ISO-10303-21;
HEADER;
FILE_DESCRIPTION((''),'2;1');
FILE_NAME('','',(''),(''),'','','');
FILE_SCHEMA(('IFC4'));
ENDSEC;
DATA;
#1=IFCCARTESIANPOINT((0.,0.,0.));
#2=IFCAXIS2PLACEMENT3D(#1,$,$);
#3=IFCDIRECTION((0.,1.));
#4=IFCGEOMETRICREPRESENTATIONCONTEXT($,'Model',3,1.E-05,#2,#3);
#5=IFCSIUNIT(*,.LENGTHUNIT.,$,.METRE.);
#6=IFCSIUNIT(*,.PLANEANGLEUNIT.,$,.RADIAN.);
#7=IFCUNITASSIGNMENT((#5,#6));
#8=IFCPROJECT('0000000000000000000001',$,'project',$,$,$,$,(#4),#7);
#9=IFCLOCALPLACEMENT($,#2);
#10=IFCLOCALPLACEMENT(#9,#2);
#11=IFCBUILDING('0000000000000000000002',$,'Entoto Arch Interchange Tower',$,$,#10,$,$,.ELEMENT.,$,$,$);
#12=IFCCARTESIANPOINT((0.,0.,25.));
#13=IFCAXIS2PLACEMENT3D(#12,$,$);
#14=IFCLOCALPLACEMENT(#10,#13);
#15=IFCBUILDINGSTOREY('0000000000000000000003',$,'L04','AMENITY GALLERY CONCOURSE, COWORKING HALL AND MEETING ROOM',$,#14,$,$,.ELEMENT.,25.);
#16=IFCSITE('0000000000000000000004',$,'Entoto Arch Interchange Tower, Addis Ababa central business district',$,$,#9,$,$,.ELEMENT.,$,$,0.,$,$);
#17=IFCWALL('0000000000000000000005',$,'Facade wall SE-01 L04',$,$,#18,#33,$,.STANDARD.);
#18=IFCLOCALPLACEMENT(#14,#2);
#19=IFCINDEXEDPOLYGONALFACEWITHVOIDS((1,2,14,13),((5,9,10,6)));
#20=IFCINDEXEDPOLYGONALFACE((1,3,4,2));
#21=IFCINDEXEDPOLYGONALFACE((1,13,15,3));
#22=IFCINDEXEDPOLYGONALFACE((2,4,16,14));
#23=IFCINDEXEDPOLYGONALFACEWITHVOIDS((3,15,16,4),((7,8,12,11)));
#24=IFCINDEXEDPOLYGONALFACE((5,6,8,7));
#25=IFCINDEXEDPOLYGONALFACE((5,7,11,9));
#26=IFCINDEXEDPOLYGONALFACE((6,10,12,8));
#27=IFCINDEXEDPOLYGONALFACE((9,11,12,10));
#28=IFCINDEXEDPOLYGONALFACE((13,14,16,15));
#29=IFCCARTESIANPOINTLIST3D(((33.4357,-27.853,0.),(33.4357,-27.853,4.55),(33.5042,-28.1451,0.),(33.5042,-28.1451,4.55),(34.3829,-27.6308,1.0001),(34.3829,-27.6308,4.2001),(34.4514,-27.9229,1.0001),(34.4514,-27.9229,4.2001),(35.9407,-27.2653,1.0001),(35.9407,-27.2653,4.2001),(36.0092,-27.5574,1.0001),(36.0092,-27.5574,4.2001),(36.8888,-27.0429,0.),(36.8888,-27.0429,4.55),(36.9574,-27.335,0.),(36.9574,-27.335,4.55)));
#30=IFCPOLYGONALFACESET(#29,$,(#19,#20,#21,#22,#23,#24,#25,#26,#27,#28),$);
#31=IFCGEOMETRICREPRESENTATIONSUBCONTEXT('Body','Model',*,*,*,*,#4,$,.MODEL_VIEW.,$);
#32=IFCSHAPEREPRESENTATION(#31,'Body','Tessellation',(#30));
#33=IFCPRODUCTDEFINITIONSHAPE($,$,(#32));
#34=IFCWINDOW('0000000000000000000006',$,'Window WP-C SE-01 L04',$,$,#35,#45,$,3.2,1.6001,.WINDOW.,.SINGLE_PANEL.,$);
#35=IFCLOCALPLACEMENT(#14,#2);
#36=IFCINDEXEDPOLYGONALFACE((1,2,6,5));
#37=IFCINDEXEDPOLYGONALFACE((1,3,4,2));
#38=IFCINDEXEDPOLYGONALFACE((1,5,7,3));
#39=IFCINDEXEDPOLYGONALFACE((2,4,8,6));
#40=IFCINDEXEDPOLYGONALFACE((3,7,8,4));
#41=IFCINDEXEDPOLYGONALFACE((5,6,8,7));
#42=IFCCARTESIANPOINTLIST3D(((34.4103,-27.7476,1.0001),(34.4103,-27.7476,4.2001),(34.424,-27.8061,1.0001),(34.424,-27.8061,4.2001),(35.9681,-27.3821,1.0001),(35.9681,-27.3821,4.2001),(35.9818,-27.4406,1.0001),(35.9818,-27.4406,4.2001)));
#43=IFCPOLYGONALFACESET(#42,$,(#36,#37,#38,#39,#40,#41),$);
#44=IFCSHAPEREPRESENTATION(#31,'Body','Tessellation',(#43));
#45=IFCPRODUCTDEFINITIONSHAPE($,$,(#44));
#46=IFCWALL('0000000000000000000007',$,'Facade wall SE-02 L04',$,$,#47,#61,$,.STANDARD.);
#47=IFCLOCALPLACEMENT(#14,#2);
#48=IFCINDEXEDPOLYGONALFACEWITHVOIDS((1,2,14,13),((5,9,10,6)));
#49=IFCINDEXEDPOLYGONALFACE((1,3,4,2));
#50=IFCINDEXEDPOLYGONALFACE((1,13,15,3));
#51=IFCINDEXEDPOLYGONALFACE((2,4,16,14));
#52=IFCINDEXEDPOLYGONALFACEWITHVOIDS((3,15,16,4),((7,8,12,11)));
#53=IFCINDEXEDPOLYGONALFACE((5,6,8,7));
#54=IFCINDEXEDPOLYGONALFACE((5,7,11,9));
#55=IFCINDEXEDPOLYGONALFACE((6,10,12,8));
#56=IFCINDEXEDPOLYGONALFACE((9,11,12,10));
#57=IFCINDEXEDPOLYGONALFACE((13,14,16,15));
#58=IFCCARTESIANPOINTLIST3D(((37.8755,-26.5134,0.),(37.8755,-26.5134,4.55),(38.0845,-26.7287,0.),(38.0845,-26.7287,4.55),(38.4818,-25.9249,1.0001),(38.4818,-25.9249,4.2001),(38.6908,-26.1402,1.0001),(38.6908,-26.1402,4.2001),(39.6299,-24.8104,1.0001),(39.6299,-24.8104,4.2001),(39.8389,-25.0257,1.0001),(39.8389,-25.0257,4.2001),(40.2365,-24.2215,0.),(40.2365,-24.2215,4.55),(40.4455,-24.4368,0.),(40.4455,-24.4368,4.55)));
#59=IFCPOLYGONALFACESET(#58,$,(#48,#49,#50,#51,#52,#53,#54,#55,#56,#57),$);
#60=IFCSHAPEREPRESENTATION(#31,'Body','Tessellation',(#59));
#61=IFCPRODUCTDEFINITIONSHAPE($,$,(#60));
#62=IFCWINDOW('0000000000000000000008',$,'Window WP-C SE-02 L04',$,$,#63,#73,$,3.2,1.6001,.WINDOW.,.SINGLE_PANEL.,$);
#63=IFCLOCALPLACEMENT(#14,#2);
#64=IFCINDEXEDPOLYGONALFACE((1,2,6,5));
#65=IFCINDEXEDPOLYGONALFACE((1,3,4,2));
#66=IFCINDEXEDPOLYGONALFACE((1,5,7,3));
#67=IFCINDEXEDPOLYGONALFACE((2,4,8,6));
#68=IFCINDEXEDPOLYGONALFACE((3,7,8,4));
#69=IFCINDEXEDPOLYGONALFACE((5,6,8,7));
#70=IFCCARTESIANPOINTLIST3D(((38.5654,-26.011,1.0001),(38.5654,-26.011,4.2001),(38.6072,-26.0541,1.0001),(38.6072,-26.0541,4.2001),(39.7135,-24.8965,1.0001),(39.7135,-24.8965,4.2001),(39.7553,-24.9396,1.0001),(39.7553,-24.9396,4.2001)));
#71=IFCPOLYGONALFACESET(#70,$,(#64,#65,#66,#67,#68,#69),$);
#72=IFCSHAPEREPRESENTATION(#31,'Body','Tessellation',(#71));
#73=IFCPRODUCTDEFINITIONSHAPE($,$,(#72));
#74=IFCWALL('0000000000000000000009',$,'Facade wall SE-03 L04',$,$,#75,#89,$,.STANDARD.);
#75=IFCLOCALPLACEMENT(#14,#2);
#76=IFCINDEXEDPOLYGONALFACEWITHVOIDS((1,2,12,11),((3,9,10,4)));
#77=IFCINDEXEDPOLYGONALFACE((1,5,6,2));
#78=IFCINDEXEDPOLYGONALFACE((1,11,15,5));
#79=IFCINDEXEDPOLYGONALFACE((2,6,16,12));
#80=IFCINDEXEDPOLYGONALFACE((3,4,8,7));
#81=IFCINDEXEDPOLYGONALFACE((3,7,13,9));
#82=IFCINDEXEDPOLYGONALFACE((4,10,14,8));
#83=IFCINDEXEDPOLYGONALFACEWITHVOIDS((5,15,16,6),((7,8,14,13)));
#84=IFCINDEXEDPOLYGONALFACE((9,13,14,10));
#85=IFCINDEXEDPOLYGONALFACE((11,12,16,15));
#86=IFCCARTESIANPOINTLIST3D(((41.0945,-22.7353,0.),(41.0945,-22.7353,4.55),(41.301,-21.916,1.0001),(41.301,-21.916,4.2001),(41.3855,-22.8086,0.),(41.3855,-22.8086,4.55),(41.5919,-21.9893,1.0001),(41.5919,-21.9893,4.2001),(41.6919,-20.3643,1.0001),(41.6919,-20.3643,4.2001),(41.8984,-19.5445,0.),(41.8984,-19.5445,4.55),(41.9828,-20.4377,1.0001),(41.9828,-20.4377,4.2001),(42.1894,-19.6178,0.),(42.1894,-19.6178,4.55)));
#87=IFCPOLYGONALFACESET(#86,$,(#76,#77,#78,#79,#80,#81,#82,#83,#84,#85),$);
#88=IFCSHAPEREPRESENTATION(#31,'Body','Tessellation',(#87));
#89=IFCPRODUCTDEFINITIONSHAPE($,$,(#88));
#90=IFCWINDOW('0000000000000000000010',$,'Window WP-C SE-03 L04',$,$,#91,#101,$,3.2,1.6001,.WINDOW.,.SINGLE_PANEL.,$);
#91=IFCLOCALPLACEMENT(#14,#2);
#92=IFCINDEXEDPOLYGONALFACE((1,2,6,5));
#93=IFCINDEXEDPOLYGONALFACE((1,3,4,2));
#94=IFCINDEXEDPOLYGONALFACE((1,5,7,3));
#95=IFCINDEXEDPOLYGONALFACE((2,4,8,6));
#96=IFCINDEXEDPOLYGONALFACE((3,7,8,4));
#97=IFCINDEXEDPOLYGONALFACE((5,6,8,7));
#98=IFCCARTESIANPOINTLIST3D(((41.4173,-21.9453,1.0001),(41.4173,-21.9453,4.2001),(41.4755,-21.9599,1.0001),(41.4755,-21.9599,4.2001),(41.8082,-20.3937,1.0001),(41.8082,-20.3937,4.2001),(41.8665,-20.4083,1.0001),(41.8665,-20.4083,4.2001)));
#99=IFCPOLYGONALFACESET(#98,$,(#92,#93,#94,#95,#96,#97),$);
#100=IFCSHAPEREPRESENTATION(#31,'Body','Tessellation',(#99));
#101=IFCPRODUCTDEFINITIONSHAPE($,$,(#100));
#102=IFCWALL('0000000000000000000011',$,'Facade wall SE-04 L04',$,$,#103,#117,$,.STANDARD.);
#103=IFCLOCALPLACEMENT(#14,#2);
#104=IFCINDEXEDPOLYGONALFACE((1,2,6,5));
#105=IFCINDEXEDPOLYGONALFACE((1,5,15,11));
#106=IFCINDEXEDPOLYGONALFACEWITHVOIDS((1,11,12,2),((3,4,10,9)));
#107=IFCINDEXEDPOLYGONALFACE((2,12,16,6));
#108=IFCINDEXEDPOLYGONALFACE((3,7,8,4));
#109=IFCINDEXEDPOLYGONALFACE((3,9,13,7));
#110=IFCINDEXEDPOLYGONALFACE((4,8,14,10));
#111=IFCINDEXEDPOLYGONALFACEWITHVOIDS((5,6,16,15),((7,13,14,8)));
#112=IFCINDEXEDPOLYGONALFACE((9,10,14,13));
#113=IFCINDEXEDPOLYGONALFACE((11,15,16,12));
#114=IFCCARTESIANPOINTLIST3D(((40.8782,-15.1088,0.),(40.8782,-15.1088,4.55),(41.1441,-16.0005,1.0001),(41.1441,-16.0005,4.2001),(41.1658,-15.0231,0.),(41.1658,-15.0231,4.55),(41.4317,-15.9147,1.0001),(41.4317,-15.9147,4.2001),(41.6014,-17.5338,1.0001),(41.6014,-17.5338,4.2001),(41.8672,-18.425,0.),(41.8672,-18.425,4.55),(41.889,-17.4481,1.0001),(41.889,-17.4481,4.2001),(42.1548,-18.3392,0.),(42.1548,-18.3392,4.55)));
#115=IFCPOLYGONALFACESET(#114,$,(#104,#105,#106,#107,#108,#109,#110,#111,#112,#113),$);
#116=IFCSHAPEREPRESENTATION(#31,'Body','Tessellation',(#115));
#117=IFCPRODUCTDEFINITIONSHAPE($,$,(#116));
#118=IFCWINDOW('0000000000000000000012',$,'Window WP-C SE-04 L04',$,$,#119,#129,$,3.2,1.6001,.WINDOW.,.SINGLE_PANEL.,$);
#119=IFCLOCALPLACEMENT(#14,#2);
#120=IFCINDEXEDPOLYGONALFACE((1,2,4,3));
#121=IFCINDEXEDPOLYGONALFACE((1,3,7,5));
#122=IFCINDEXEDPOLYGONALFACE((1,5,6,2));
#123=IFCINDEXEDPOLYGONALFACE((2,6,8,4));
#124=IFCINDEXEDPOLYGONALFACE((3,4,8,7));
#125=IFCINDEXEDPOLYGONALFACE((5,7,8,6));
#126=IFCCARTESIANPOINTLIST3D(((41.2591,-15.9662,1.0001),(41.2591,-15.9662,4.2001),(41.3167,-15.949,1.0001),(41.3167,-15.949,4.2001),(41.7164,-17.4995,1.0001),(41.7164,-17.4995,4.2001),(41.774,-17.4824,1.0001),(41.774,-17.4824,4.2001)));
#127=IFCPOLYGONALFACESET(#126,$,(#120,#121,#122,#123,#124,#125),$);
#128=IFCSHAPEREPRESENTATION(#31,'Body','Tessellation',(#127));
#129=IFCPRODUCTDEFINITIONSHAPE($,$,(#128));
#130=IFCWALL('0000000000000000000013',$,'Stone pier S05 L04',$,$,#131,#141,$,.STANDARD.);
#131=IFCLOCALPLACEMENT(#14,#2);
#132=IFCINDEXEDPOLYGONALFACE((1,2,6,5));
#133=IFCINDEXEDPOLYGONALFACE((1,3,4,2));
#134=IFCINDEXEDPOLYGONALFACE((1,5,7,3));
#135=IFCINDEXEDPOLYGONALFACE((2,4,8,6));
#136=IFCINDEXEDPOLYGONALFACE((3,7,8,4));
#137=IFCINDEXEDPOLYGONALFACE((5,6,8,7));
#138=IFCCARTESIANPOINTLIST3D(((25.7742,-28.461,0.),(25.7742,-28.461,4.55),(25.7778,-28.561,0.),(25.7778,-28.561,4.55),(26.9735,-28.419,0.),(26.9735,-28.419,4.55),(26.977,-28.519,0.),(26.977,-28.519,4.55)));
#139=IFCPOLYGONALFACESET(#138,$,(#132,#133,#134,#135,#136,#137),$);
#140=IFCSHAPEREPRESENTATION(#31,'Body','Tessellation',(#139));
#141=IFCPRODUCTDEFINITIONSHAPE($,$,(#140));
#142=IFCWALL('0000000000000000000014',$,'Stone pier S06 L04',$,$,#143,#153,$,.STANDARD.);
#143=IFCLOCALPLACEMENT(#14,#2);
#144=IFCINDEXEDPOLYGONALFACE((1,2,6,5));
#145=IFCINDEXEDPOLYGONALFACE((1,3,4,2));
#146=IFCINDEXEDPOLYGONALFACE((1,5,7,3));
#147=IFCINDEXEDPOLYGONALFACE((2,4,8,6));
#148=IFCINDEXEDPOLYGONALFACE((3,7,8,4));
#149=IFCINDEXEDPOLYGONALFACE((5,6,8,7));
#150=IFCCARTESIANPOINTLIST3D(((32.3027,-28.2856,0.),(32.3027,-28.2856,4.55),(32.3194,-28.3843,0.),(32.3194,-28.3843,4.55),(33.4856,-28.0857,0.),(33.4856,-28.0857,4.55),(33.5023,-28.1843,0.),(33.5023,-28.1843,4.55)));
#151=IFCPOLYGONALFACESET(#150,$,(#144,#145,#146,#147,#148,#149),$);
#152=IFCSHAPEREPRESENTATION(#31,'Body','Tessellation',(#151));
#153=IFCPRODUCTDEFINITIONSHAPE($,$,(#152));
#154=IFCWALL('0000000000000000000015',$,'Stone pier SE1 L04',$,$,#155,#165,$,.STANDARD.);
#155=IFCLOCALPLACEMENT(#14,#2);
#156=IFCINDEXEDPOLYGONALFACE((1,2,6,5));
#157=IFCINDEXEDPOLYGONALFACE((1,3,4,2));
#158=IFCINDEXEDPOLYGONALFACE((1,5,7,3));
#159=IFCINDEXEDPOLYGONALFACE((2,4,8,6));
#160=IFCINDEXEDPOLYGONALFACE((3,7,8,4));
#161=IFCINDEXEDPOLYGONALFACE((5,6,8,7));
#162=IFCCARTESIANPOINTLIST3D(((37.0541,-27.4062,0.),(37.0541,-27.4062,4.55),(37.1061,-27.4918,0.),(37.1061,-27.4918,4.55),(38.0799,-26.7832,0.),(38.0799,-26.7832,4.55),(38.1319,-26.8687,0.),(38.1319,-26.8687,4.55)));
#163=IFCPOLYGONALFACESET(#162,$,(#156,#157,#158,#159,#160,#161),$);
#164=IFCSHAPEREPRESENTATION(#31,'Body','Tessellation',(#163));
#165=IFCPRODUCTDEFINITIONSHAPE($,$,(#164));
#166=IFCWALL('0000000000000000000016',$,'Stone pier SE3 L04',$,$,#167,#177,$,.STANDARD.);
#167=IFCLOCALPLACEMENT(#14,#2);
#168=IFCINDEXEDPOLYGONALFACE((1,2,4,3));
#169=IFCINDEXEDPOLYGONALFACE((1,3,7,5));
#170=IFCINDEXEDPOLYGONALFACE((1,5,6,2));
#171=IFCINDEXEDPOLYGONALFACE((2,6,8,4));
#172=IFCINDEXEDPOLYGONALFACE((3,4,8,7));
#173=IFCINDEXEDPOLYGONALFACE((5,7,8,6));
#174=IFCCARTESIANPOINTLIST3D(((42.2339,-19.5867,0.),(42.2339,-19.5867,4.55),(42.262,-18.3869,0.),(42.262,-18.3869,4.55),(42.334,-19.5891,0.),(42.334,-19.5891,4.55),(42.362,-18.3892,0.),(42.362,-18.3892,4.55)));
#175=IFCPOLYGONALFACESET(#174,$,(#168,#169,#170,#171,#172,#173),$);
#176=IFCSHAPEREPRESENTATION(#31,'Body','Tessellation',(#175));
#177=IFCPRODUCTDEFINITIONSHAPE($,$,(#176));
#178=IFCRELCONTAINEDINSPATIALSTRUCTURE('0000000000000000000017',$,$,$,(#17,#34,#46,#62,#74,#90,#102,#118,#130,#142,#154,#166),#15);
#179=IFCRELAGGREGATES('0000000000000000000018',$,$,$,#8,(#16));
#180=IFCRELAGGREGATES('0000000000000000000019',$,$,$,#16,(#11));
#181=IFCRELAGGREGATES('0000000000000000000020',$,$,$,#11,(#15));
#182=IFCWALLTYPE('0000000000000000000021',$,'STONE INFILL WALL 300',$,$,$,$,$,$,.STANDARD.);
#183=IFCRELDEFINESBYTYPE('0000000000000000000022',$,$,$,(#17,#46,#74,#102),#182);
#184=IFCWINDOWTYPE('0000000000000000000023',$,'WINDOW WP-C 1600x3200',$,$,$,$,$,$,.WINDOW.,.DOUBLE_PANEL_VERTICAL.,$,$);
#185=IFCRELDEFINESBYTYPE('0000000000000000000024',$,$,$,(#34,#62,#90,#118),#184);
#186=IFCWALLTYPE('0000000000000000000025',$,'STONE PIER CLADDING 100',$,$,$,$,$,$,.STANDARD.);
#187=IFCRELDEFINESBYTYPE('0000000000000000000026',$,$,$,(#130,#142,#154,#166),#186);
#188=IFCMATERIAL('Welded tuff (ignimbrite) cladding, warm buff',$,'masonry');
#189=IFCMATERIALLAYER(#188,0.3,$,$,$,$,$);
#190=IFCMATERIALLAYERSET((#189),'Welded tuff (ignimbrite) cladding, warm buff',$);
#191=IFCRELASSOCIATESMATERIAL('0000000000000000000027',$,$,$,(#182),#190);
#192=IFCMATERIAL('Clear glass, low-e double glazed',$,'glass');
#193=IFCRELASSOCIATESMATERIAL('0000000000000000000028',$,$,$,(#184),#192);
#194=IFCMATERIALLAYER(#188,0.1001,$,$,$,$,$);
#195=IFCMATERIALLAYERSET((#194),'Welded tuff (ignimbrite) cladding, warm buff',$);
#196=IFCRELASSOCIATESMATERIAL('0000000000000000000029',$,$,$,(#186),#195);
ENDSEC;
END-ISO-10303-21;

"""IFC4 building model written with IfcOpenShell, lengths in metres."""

from ifc_helpers import new_model, si_unit, direction, frame, frame_2d, origin, place, context, subcontext, project, spatial, rectangle, extrude, material, layer, layer_set, type_object, element, fill, save


model = new_model("IFC4")

# Units and contexts
model_context = context("Model", 3, precision=1e-05, world=origin(), true_north=direction((0.0, 1.0)))
body_context = subcontext(model_context, "Body", "Model", "MODEL_VIEW")
ifc_project = project(units=[si_unit("LENGTHUNIT", "METRE"), si_unit("PLANEANGLEUNIT", "RADIAN")], contexts=[model_context])

# Site, building, storey
site_placement = place(None, origin())
site = spatial("IfcSite", under=ifc_project, at=site_placement, Name="Entoto Arch Interchange Tower, Addis Ababa central business district", CompositionType="ELEMENT", RefElevation=0.0)
building_placement = place(site_placement, origin())
building = spatial("IfcBuilding", under=site, at=building_placement, Name="Entoto Arch Interchange Tower", CompositionType="ELEMENT")
storey_placement = place(building_placement, frame((0.0, 0.0, 25.0)))
storey = spatial("IfcBuildingStorey", under=building, at=storey_placement, Name="L04", Description="AMENITY GALLERY CONCOURSE, COWORKING HALL AND MEETING ROOM", CompositionType="ELEMENT", Elevation=25.0)

# Shared definitions
ifc_material_1 = material(Name="Welded tuff (ignimbrite) cladding, warm buff", Category="masonry")
ifc_layer_1 = layer(ifc_material_1, 0.3)
ifc_layer_set_1 = layer_set([ifc_layer_1], Name="Welded tuff (ignimbrite) cladding, warm buff")
wall_type_1 = type_object("IfcWallType", Name="STONE INFILL WALL 300", PredefinedType="STANDARD", material=ifc_layer_set_1)
ifc_material_2 = material(Name="Clear glass, low-e double glazed", Category="glass")
window_type = type_object("IfcWindowType", Name="WINDOW WP-C 1600x3200", PartitioningType="DOUBLE_PANEL_VERTICAL", PredefinedType="WINDOW", material=ifc_material_2)

# Walls, openings, windows
wall_1_placement = place(storey_placement, frame((33.47, -27.999, 0.0), z_axis=(0.0, 0.0, 1.0), x_axis=(0.97357, 0.228387, 0.0)))
wall_1 = element("IfcWall", 1, at=wall_1_placement, inside=storey, type_object=wall_type_1, Name="Facade wall SE-01 L04", PredefinedType="STANDARD", context=body_context, shape_type="SweptSolid", body=[
    extrude(rectangle(XDim=3.5469, YDim=0.3, at=frame_2d((1.7734, 0.0))), origin(), (0.0, 0.0, 1.0), 4.55),
])
opening_1_placement = place(wall_1_placement, frame((0.9729, 0.0, 1.0)))
opening_1 = element("IfcOpeningElement", 2, at=opening_1_placement, cuts=wall_1, PredefinedType="OPENING", context=body_context, shape_type="SweptSolid", body=[
    extrude(rectangle(XDim=1.6001, YDim=3.2, at=frame_2d((0.8, 1.6001))), frame((0.0, 0.1602, 0.0), z_axis=(0.0, -1.0, 0.0), x_axis=(1.0, 0.0, 0.0)), (0.0, 0.0, 1.0), 0.3201),
])
window_1_placement = place(opening_1_placement, origin())
window_1 = element("IfcWindow", 3, at=window_1_placement, inside=storey, type_object=window_type, Name="Window WP-C SE-01 L04", OverallHeight=3.2, OverallWidth=1.6001, PartitioningType="SINGLE_PANEL", PredefinedType="WINDOW", context=body_context, shape_type="SweptSolid", body=[
    extrude(rectangle(XDim=1.6001, YDim=3.2, at=frame_2d((0.8, 1.6001))), frame((0.0, 0.03, 0.0), z_axis=(0.0, -1.0, 0.0), x_axis=(1.0, 0.0, 0.0)), (0.0, 0.0, 1.0), 0.0601),
])
fill(opening_1, window_1)
wall_2_placement = place(storey_placement, frame((37.98, -26.6211, 0.0), z_axis=(0.0, 0.0, 1.0), x_axis=(0.717527, 0.69653, 0.0)))
wall_2 = element("IfcWall", 4, at=wall_2_placement, inside=storey, type_object=wall_type_1, Name="Facade wall SE-02 L04", PredefinedType="STANDARD", context=body_context, shape_type="SweptSolid", body=[
    extrude(rectangle(XDim=3.2905, YDim=0.3, at=frame_2d((1.6453, 0.0))), origin(), (0.0, 0.0, 1.0), 4.55),
])
opening_2_placement = place(wall_2_placement, frame((0.845, 0.0, 1.0)))
opening_2 = element("IfcOpeningElement", 5, at=opening_2_placement, cuts=wall_2, PredefinedType="OPENING", context=body_context, shape_type="SweptSolid", body=[
    extrude(rectangle(XDim=1.6001, YDim=3.2, at=frame_2d((0.8, 1.6001))), frame((0.0, 0.1602, 0.0), z_axis=(0.0, -1.0, 0.0), x_axis=(1.0, 0.0, 0.0)), (0.0, 0.0, 1.0), 0.3201),
])
window_2_placement = place(opening_2_placement, origin())
window_2 = element("IfcWindow", 6, at=window_2_placement, inside=storey, type_object=window_type, Name="Window WP-C SE-02 L04", OverallHeight=3.2, OverallWidth=1.6001, PartitioningType="SINGLE_PANEL", PredefinedType="WINDOW", context=body_context, shape_type="SweptSolid", body=[
    extrude(rectangle(XDim=1.6001, YDim=3.2, at=frame_2d((0.8, 1.6001))), frame((0.0, 0.03, 0.0), z_axis=(0.0, -1.0, 0.0), x_axis=(1.0, 0.0, 0.0)), (0.0, 0.0, 1.0), 0.0601),
])
fill(opening_2, window_2)
wall_3_placement = place(storey_placement, frame((41.24, -22.772, 0.0), z_axis=(0.0, 0.0, 1.0), x_axis=(0.244316, 0.969696, 0.0)))
wall_3 = element("IfcWall", 7, at=wall_3_placement, inside=storey, type_object=wall_type_1, Name="Facade wall SE-03 L04", PredefinedType="STANDARD", context=body_context, shape_type="SweptSolid", body=[
    extrude(rectangle(XDim=3.2905, YDim=0.3, at=frame_2d((1.6453, 0.0))), origin(), (0.0, 0.0, 1.0), 4.55),
])
opening_3_placement = place(wall_3_placement, frame((0.845, 0.0, 1.0)))
opening_3 = element("IfcOpeningElement", 8, at=opening_3_placement, cuts=wall_3, PredefinedType="OPENING", context=body_context, shape_type="SweptSolid", body=[
    extrude(rectangle(XDim=1.6001, YDim=3.2, at=frame_2d((0.8, 1.6001))), frame((0.0, 0.1602, 0.0), z_axis=(0.0, -1.0, 0.0), x_axis=(1.0, 0.0, 0.0)), (0.0, 0.0, 1.0), 0.3201),
])
window_3_placement = place(opening_3_placement, origin())
window_3 = element("IfcWindow", 9, at=window_3_placement, inside=storey, type_object=window_type, Name="Window WP-C SE-03 L04", OverallHeight=3.2, OverallWidth=1.6001, PartitioningType="SINGLE_PANEL", PredefinedType="WINDOW", context=body_context, shape_type="SweptSolid", body=[
    extrude(rectangle(XDim=1.6001, YDim=3.2, at=frame_2d((0.8, 1.6001))), frame((0.0, 0.03, 0.0), z_axis=(0.0, -1.0, 0.0), x_axis=(1.0, 0.0, 0.0)), (0.0, 0.0, 1.0), 0.0601),
])
fill(opening_3, window_3)
wall_4_placement = place(storey_placement, frame((42.011, -18.3821, 0.0), z_axis=(0.0, 0.0, 1.0), x_axis=(-0.285801, 0.958289, 0.0)))
wall_4 = element("IfcWall", 10, at=wall_4_placement, inside=storey, type_object=wall_type_1, Name="Facade wall SE-04 L04", PredefinedType="STANDARD", context=body_context, shape_type="SweptSolid", body=[
    extrude(rectangle(XDim=3.4604, YDim=0.3, at=frame_2d((1.7302, 0.0))), origin(), (0.0, 0.0, 1.0), 4.55),
])
opening_4_placement = place(wall_4_placement, frame((0.9299, 0.0, 1.0)))
opening_4 = element("IfcOpeningElement", 11, at=opening_4_placement, cuts=wall_4, PredefinedType="OPENING", context=body_context, shape_type="SweptSolid", body=[
    extrude(rectangle(XDim=1.6001, YDim=3.2, at=frame_2d((0.8, 1.6001))), frame((0.0, 0.1602, 0.0), z_axis=(0.0, -1.0, 0.0), x_axis=(1.0, 0.0, 0.0)), (0.0, 0.0, 1.0), 0.3201),
])
window_4_placement = place(opening_4_placement, origin())
window_4 = element("IfcWindow", 12, at=window_4_placement, inside=storey, type_object=window_type, Name="Window WP-C SE-04 L04", OverallHeight=3.2, OverallWidth=1.6001, PartitioningType="SINGLE_PANEL", PredefinedType="WINDOW", context=body_context, shape_type="SweptSolid", body=[
    extrude(rectangle(XDim=1.6001, YDim=3.2, at=frame_2d((0.8, 1.6001))), frame((0.0, 0.03, 0.0), z_axis=(0.0, -1.0, 0.0), x_axis=(1.0, 0.0, 0.0)), (0.0, 0.0, 1.0), 0.0601),
])
fill(opening_4, window_4)

# Walls
ifc_layer_2 = layer(ifc_material_1, 0.1001)
ifc_layer_set_2 = layer_set([ifc_layer_2], Name="Welded tuff (ignimbrite) cladding, warm buff")
wall_type_2 = type_object("IfcWallType", Name="STONE PIER CLADDING 100", PredefinedType="STANDARD", material=ifc_layer_set_2)
wall_5_placement = place(storey_placement, frame((25.7759, -28.511, 0.0), z_axis=(0.0, 0.0, 1.0), x_axis=(0.999387, 0.034995, 0.0)))
element("IfcWall", 13, at=wall_5_placement, inside=storey, type_object=wall_type_2, Name="Stone pier S05 L04", PredefinedType="STANDARD", context=body_context, shape_type="SweptSolid", body=[
    extrude(rectangle(XDim=1.2, YDim=0.1001, at=frame_2d((0.6001, 0.0))), origin(), (0.0, 0.0, 1.0), 4.55),
])
wall_6_placement = place(storey_placement, frame((32.311, -28.335, 0.0), z_axis=(0.0, 0.0, 1.0), x_axis=(0.986012, 0.166676, 0.0)))
element("IfcWall", 14, at=wall_6_placement, inside=storey, type_object=wall_type_2, Name="Stone pier S06 L04", PredefinedType="STANDARD", context=body_context, shape_type="SweptSolid", body=[
    extrude(rectangle(XDim=1.1997, YDim=0.1001, at=frame_2d((0.5999, 0.0))), origin(), (0.0, 0.0, 1.0), 4.55),
])
for number, where, z_axis, x_axis, name in (
    (15, (37.0801, -27.449, 0.0), (0.0, 0.0, 1.0), (0.854717, 0.519095, 0.0), "Stone pier SE1 L04"),
    (16, (42.2839, -19.5879, 0.0), (0.0, 0.0, 1.0), (0.023391, 0.999726, 0.0), "Stone pier SE3 L04"),
):
    element("IfcWall", number, at=place(storey_placement, frame(where, z_axis=z_axis, x_axis=x_axis)), inside=storey, type_object=wall_type_2, Name=name, PredefinedType="STANDARD", context=body_context, shape_type="SweptSolid", body=[
        extrude(rectangle(XDim=1.2002, YDim=0.1001, at=frame_2d((0.6001, 0.0))), origin(), (0.0, 0.0, 1.0), 4.55),
    ])

save(model, "model.ifc")
